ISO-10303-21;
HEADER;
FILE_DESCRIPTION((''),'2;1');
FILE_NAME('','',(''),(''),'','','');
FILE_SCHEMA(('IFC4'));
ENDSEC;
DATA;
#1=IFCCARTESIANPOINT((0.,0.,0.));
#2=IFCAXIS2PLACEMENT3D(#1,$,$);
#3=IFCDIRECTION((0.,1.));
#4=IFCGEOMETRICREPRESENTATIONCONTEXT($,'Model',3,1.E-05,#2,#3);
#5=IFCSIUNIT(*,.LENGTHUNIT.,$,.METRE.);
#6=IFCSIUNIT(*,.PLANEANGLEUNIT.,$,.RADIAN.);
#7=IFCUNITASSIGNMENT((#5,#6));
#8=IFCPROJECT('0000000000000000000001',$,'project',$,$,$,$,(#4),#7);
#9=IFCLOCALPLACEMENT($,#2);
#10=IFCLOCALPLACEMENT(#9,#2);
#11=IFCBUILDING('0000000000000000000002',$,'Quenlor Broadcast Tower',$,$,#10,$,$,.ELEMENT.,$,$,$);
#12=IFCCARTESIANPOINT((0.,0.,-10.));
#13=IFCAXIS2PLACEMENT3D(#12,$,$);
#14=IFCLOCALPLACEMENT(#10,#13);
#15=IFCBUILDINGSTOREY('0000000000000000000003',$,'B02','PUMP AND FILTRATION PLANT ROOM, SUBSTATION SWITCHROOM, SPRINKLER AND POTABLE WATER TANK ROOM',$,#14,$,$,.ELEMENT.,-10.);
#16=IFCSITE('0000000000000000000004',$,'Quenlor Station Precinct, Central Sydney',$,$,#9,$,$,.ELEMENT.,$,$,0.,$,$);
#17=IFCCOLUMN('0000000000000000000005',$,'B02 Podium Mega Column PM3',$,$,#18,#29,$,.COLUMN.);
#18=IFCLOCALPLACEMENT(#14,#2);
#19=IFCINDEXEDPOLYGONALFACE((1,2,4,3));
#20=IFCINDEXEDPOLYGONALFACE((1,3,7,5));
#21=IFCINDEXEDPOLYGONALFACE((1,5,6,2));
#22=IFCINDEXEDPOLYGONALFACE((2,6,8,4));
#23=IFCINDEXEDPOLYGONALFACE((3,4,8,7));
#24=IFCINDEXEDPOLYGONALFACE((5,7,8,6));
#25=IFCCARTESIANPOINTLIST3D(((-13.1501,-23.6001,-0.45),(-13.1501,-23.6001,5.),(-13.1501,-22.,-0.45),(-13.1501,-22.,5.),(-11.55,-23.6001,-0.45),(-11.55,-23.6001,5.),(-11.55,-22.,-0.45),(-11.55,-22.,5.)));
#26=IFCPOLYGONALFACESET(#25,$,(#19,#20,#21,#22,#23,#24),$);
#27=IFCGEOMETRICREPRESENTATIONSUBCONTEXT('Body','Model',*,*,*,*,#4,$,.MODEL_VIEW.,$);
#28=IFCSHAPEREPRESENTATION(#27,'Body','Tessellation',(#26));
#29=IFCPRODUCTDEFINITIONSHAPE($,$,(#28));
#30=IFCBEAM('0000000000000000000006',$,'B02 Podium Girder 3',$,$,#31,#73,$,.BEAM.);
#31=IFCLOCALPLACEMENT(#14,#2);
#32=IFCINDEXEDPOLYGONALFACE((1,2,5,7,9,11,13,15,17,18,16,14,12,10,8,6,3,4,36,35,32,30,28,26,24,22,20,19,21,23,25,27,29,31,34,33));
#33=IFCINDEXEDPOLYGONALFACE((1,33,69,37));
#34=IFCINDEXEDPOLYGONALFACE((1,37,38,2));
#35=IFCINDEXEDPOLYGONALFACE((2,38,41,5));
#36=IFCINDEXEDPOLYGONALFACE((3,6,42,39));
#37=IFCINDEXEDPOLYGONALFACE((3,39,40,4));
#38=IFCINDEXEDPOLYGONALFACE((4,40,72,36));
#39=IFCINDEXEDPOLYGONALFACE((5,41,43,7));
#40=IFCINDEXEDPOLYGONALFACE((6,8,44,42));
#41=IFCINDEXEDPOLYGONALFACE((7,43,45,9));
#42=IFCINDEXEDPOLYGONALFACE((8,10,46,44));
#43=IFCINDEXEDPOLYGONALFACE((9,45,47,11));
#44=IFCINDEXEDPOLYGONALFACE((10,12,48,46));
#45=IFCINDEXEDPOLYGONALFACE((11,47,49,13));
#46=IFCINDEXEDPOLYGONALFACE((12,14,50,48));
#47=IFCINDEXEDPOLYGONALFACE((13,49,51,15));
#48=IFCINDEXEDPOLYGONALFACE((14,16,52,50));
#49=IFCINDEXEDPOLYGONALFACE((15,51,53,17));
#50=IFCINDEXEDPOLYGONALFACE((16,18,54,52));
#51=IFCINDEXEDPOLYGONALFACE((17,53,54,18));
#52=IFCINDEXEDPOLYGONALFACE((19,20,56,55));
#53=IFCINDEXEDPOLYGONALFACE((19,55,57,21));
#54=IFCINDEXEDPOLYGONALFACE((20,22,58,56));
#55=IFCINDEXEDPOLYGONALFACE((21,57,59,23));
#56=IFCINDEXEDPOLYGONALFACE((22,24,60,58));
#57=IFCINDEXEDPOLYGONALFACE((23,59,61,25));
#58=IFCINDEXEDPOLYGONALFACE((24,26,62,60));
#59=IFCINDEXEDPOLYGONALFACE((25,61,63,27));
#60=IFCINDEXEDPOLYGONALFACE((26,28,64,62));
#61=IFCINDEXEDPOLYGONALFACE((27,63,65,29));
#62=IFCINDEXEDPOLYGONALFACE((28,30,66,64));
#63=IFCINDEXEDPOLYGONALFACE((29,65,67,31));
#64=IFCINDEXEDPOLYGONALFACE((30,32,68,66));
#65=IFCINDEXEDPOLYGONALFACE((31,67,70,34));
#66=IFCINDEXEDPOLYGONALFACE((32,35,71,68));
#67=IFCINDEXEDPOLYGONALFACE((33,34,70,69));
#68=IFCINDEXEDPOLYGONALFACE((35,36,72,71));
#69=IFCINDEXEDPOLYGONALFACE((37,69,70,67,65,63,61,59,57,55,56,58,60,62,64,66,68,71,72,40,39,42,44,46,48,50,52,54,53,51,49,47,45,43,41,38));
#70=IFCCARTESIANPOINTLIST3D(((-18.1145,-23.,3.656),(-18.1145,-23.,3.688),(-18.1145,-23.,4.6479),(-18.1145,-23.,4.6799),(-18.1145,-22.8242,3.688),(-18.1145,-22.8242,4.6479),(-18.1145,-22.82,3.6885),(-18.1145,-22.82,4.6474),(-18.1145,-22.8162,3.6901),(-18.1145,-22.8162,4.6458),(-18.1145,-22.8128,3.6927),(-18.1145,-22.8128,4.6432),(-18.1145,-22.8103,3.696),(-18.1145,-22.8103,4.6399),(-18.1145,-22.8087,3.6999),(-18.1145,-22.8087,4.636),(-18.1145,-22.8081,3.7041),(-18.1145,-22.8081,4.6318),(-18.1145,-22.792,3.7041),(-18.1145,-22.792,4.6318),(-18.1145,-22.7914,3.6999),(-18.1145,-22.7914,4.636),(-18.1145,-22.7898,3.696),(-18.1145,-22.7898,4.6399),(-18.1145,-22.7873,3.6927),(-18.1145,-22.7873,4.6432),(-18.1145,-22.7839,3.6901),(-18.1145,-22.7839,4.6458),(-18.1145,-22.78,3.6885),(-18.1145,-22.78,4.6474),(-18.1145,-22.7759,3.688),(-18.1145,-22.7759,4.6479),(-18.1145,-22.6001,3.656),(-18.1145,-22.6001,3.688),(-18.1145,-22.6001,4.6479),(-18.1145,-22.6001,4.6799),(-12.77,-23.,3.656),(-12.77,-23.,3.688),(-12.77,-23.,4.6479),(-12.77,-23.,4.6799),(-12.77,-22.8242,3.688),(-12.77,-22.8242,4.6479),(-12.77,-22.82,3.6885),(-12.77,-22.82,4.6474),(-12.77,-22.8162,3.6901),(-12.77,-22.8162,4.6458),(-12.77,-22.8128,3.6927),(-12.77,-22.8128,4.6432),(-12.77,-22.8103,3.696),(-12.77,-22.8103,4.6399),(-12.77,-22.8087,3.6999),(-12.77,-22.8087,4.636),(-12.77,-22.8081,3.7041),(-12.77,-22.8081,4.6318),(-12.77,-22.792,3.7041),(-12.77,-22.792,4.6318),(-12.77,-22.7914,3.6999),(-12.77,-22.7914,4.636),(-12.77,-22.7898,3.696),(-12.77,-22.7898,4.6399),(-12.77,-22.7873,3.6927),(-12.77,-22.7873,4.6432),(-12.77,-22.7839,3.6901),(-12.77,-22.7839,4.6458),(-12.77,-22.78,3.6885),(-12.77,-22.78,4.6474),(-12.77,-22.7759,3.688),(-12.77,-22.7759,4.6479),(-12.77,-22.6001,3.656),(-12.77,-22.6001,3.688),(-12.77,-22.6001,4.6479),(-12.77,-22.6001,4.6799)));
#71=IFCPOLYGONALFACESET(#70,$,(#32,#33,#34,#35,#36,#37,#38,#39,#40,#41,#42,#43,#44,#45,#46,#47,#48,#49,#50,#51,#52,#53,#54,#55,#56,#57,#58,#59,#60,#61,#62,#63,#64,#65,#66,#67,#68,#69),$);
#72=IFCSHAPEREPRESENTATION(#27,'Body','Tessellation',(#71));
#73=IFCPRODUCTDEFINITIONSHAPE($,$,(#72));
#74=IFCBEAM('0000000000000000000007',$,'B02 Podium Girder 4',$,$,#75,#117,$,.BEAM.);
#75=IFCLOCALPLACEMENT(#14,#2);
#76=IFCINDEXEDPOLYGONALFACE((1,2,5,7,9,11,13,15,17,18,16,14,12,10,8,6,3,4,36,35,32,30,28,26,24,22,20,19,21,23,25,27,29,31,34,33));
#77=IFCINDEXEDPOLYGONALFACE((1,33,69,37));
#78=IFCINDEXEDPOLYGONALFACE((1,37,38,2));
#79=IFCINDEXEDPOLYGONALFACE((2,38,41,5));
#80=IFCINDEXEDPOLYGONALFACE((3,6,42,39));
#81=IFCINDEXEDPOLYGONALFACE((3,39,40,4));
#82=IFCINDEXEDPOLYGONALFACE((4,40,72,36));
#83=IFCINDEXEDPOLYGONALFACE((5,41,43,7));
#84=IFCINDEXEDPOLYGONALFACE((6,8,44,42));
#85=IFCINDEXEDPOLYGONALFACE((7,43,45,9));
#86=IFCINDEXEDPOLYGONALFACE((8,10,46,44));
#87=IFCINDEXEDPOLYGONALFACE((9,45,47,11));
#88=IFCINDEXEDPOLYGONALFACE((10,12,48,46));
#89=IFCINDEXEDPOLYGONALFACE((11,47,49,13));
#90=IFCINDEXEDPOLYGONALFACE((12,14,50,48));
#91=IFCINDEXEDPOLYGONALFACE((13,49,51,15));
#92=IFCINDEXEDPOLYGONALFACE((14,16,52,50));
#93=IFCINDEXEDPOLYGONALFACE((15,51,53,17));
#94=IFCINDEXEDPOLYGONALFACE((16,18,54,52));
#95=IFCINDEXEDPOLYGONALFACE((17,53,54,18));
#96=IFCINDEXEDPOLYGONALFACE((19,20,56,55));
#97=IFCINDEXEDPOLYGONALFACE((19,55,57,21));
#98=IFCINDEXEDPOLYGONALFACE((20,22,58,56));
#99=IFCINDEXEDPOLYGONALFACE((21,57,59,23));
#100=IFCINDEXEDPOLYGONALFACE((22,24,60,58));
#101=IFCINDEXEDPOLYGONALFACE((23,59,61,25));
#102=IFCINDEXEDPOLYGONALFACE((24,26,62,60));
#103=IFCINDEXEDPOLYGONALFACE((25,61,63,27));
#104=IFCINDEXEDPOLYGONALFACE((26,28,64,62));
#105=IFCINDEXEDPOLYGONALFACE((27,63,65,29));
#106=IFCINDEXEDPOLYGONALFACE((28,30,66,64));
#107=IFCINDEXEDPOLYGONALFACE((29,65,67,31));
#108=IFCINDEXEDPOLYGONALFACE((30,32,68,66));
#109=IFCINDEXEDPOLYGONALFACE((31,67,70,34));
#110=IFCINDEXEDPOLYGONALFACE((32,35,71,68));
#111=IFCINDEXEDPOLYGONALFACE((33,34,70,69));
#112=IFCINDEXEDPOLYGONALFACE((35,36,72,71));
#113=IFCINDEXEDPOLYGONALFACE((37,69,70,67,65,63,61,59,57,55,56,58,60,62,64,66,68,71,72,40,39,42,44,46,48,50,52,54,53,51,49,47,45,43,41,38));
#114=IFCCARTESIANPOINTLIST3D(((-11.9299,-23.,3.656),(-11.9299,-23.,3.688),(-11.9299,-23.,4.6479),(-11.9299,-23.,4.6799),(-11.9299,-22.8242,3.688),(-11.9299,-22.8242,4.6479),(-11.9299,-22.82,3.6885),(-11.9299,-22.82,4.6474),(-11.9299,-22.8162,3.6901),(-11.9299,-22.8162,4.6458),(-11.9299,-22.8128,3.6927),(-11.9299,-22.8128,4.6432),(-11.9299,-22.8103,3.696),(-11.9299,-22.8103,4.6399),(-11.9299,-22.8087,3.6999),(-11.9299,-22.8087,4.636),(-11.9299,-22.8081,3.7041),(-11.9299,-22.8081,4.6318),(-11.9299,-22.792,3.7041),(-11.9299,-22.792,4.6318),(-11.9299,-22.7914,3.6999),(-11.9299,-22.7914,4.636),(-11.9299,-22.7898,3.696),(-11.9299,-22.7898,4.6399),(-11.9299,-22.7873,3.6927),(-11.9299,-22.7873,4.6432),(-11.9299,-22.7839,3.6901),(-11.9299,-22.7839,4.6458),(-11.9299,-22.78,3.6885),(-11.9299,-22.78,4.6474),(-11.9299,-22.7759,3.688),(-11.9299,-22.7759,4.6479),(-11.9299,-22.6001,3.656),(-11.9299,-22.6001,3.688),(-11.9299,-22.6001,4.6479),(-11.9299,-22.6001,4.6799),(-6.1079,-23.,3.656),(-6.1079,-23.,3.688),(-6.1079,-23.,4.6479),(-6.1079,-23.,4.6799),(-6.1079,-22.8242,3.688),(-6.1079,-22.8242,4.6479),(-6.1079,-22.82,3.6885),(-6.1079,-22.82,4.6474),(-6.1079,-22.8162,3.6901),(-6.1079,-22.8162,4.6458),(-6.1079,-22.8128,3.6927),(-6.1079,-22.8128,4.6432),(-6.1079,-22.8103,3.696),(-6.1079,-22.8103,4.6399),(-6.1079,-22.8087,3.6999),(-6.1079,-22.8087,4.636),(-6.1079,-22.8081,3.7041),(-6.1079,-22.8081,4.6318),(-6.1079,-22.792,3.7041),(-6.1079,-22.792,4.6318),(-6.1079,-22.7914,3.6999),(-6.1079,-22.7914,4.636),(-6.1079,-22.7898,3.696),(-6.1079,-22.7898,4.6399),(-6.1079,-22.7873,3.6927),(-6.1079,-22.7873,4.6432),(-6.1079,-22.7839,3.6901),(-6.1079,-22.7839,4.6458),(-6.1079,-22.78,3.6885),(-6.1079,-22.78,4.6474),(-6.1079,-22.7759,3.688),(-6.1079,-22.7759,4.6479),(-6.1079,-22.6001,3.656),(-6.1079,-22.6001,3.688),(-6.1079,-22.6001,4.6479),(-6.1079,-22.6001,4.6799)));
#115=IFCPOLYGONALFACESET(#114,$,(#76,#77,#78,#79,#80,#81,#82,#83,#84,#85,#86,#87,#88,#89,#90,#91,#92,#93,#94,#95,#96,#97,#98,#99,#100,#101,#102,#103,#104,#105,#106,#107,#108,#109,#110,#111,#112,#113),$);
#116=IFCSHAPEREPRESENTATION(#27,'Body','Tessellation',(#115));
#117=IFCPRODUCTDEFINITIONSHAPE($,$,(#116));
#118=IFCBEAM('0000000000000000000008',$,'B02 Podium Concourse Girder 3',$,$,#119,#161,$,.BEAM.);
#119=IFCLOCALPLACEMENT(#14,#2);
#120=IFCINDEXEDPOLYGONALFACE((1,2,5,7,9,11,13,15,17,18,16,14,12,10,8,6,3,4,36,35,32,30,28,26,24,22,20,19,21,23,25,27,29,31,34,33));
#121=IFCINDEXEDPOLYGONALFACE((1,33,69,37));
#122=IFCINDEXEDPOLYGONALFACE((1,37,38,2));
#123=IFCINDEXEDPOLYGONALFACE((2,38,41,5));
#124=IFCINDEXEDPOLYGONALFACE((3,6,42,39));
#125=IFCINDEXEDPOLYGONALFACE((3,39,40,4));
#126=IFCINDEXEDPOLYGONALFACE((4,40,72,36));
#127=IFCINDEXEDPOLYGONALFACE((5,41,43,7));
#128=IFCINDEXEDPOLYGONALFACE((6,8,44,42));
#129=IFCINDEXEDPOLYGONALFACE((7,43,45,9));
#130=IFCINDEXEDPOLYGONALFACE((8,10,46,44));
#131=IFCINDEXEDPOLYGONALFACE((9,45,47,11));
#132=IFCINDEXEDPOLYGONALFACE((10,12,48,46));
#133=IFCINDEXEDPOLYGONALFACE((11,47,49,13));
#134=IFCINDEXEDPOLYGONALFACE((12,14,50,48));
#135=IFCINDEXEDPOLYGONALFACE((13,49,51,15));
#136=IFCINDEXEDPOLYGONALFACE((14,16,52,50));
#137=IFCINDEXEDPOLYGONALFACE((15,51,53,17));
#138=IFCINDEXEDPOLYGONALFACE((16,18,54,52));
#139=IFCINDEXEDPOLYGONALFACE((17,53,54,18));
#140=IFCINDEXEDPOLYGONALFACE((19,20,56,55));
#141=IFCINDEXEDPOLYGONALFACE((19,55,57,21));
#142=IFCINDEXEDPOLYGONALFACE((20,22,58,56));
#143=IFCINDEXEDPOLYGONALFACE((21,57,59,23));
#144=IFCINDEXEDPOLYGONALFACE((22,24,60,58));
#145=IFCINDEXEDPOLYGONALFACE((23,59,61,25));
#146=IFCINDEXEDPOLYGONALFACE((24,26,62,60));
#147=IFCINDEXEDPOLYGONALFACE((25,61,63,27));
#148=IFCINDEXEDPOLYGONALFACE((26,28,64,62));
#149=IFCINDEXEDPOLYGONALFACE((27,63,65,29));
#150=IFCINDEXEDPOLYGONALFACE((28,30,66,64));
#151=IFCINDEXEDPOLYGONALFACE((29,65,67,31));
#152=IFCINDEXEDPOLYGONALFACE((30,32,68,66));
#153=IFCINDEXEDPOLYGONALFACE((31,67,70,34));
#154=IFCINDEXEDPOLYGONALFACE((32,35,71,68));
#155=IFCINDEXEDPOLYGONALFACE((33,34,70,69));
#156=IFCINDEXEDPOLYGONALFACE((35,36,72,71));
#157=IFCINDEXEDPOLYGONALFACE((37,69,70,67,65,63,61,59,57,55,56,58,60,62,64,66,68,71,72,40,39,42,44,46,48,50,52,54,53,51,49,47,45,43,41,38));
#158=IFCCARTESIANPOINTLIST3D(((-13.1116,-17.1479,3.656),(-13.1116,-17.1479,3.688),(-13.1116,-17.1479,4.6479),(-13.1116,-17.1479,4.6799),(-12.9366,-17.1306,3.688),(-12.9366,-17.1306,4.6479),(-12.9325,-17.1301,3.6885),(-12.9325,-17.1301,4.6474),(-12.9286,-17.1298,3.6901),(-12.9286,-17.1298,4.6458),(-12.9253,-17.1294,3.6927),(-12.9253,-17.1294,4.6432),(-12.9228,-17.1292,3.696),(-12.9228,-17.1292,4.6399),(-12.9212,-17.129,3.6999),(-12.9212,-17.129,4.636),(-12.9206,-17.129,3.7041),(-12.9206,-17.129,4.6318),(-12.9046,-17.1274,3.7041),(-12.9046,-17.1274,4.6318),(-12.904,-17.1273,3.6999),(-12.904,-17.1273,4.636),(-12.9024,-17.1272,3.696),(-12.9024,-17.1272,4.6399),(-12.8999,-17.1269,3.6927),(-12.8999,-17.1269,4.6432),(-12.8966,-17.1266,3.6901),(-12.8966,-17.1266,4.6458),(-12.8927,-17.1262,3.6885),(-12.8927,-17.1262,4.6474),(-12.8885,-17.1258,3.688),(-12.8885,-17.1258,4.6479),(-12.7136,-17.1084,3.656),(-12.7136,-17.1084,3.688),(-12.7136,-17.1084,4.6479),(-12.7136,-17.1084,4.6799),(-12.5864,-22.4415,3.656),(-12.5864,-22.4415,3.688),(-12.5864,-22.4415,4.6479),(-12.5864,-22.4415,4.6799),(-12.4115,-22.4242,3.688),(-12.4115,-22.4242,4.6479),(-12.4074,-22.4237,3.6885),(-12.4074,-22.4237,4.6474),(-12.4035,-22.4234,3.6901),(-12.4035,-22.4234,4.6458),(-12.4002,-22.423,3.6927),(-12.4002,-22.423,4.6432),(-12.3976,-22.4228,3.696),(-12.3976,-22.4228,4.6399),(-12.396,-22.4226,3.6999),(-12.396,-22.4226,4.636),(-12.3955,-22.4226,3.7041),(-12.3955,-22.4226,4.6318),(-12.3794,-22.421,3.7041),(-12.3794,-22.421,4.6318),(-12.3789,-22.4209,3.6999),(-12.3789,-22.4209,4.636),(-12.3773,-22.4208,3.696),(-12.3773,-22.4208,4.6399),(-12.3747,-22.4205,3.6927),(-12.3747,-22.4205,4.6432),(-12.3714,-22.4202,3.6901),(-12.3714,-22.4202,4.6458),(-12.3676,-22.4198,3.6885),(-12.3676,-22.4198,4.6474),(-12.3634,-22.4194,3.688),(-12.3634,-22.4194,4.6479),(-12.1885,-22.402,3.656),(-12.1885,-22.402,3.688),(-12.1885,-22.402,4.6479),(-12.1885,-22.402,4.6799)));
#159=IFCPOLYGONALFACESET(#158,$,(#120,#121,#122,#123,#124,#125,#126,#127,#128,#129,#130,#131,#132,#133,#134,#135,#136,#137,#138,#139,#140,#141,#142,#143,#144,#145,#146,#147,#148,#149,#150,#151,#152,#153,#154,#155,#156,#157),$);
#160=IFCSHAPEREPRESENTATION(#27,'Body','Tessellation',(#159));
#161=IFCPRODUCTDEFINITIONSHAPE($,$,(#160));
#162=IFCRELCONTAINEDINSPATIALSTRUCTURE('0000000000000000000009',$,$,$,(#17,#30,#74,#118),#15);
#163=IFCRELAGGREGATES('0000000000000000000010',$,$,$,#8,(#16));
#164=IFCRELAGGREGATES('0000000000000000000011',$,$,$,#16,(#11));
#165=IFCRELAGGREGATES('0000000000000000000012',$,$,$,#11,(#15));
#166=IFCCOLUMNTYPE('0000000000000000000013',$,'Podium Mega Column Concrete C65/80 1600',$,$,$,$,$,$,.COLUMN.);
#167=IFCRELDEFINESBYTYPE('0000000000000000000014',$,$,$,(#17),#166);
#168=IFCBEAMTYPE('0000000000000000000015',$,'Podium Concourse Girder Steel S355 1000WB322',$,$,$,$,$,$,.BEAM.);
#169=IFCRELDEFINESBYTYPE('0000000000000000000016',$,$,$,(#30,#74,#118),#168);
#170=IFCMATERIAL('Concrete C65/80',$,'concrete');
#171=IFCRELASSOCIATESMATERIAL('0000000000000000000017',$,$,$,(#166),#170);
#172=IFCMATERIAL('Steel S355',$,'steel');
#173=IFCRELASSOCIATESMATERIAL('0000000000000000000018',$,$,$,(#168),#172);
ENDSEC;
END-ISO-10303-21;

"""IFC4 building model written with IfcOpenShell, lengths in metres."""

from ifc_helpers import new_model, si_unit, direction, frame, origin, origin_2d, place, context, subcontext, project, spatial, rectangle, i_section, extrude, material, material_profile, profile_set, type_object, element, save


model = new_model("IFC4")

# Units and contexts
model_context = context("Model", 3, precision=1e-05, world=origin(), true_north=direction((0.0, 1.0)))
body_context = subcontext(model_context, "Body", "Model", "MODEL_VIEW")
ifc_project = project(units=[si_unit("LENGTHUNIT", "METRE"), si_unit("PLANEANGLEUNIT", "RADIAN")], contexts=[model_context])

# Site, building, storey
site_placement = place(None, origin())
site = spatial("IfcSite", under=ifc_project, at=site_placement, Name="Quenlor Station Precinct, Central Sydney", CompositionType="ELEMENT", RefElevation=0.0)
building_placement = place(site_placement, origin())
building = spatial("IfcBuilding", under=site, at=building_placement, Name="Quenlor Broadcast Tower", CompositionType="ELEMENT")
storey_placement = place(building_placement, frame((0.0, 0.0, -10.0)))
storey = spatial("IfcBuildingStorey", under=building, at=storey_placement, Name="B02", Description="PUMP AND FILTRATION PLANT ROOM, SUBSTATION SWITCHROOM, SPRINKLER AND POTABLE WATER TANK ROOM", CompositionType="ELEMENT", Elevation=-10.0)

# Column
ifc_material_1 = material(Name="Concrete C65/80", Category="concrete")
ifc_material_profile_1 = material_profile(ifc_material_1, rectangle(XDim=1.6001, YDim=1.6001, at=origin_2d()))
ifc_profile_set_1 = profile_set([ifc_material_profile_1], Name="Concrete C65/80 RC1600x1600")
column_type_1 = type_object("IfcColumnType", Name="Podium Mega Column Concrete C65/80 1600", PredefinedType="COLUMN", material=ifc_profile_set_1)
column_1_placement = place(storey_placement, frame((-12.3501, -22.8, -0.45), z_axis=(0.0, 0.0, 1.0), x_axis=(1.0, 0.0, 0.0)))
element("IfcColumn", 1, at=column_1_placement, inside=storey, type_object=column_type_1, Name="B02 Podium Mega Column PM3", PredefinedType="COLUMN", context=body_context, shape_type="SweptSolid", body=[
    extrude(rectangle(XDim=1.6001, YDim=1.6001, at=origin_2d()), origin(), (0.0, 0.0, 1.0), 5.45),
])

# Beams
ifc_material_2 = material(Name="Steel S355", Category="steel")
ifc_material_profile_2 = material_profile(ifc_material_2, i_section(OverallWidth=0.3999, OverallDepth=1.0239, WebThickness=0.0161, FlangeThickness=0.032, FilletRadius=0.0161, at=origin_2d()))
ifc_profile_set_2 = profile_set([ifc_material_profile_2], Name="Steel S355 1000WB322")
beam_type_1 = type_object("IfcBeamType", Name="Podium Concourse Girder Steel S355 1000WB322", PredefinedType="BEAM", material=ifc_profile_set_2)
beam_1_placement = place(storey_placement, frame((-18.1145, -22.8, 4.168), z_axis=(1.0, 0.0, 0.0), x_axis=(0.0, 1.0, 0.0)))
element("IfcBeam", 2, at=beam_1_placement, inside=storey, type_object=beam_type_1, Name="B02 Podium Girder 3", PredefinedType="BEAM", context=body_context, shape_type="SweptSolid", body=[
    extrude(i_section(OverallWidth=0.3999, OverallDepth=1.0239, WebThickness=0.0161, FlangeThickness=0.032, FilletRadius=0.0161, at=origin_2d()), origin(), (0.0, 0.0, 1.0), 5.3445),
])
beam_2_placement = place(storey_placement, frame((-11.9299, -22.8, 4.168), z_axis=(1.0, 0.0, 0.0), x_axis=(0.0, 1.0, 0.0)))
element("IfcBeam", 3, at=beam_2_placement, inside=storey, type_object=beam_type_1, Name="B02 Podium Girder 4", PredefinedType="BEAM", context=body_context, shape_type="SweptSolid", body=[
    extrude(i_section(OverallWidth=0.3999, OverallDepth=1.0239, WebThickness=0.0161, FlangeThickness=0.032, FilletRadius=0.0161, at=origin_2d()), origin(), (0.0, 0.0, 1.0), 5.822),
])
beam_3_placement = place(storey_placement, frame((-12.9126, -17.1282, 4.168), z_axis=(0.098718, -0.995115, 0.0), x_axis=(0.995115, 0.098718, 0.0)))
element("IfcBeam", 4, at=beam_3_placement, inside=storey, type_object=beam_type_1, Name="B02 Podium Concourse Girder 3", PredefinedType="BEAM", context=body_context, shape_type="SweptSolid", body=[
    extrude(i_section(OverallWidth=0.3999, OverallDepth=1.0239, WebThickness=0.0161, FlangeThickness=0.032, FilletRadius=0.0161, at=origin_2d()), origin(), (0.0, 0.0, 1.0), 5.3196),
])

save(model, "model.ifc")
